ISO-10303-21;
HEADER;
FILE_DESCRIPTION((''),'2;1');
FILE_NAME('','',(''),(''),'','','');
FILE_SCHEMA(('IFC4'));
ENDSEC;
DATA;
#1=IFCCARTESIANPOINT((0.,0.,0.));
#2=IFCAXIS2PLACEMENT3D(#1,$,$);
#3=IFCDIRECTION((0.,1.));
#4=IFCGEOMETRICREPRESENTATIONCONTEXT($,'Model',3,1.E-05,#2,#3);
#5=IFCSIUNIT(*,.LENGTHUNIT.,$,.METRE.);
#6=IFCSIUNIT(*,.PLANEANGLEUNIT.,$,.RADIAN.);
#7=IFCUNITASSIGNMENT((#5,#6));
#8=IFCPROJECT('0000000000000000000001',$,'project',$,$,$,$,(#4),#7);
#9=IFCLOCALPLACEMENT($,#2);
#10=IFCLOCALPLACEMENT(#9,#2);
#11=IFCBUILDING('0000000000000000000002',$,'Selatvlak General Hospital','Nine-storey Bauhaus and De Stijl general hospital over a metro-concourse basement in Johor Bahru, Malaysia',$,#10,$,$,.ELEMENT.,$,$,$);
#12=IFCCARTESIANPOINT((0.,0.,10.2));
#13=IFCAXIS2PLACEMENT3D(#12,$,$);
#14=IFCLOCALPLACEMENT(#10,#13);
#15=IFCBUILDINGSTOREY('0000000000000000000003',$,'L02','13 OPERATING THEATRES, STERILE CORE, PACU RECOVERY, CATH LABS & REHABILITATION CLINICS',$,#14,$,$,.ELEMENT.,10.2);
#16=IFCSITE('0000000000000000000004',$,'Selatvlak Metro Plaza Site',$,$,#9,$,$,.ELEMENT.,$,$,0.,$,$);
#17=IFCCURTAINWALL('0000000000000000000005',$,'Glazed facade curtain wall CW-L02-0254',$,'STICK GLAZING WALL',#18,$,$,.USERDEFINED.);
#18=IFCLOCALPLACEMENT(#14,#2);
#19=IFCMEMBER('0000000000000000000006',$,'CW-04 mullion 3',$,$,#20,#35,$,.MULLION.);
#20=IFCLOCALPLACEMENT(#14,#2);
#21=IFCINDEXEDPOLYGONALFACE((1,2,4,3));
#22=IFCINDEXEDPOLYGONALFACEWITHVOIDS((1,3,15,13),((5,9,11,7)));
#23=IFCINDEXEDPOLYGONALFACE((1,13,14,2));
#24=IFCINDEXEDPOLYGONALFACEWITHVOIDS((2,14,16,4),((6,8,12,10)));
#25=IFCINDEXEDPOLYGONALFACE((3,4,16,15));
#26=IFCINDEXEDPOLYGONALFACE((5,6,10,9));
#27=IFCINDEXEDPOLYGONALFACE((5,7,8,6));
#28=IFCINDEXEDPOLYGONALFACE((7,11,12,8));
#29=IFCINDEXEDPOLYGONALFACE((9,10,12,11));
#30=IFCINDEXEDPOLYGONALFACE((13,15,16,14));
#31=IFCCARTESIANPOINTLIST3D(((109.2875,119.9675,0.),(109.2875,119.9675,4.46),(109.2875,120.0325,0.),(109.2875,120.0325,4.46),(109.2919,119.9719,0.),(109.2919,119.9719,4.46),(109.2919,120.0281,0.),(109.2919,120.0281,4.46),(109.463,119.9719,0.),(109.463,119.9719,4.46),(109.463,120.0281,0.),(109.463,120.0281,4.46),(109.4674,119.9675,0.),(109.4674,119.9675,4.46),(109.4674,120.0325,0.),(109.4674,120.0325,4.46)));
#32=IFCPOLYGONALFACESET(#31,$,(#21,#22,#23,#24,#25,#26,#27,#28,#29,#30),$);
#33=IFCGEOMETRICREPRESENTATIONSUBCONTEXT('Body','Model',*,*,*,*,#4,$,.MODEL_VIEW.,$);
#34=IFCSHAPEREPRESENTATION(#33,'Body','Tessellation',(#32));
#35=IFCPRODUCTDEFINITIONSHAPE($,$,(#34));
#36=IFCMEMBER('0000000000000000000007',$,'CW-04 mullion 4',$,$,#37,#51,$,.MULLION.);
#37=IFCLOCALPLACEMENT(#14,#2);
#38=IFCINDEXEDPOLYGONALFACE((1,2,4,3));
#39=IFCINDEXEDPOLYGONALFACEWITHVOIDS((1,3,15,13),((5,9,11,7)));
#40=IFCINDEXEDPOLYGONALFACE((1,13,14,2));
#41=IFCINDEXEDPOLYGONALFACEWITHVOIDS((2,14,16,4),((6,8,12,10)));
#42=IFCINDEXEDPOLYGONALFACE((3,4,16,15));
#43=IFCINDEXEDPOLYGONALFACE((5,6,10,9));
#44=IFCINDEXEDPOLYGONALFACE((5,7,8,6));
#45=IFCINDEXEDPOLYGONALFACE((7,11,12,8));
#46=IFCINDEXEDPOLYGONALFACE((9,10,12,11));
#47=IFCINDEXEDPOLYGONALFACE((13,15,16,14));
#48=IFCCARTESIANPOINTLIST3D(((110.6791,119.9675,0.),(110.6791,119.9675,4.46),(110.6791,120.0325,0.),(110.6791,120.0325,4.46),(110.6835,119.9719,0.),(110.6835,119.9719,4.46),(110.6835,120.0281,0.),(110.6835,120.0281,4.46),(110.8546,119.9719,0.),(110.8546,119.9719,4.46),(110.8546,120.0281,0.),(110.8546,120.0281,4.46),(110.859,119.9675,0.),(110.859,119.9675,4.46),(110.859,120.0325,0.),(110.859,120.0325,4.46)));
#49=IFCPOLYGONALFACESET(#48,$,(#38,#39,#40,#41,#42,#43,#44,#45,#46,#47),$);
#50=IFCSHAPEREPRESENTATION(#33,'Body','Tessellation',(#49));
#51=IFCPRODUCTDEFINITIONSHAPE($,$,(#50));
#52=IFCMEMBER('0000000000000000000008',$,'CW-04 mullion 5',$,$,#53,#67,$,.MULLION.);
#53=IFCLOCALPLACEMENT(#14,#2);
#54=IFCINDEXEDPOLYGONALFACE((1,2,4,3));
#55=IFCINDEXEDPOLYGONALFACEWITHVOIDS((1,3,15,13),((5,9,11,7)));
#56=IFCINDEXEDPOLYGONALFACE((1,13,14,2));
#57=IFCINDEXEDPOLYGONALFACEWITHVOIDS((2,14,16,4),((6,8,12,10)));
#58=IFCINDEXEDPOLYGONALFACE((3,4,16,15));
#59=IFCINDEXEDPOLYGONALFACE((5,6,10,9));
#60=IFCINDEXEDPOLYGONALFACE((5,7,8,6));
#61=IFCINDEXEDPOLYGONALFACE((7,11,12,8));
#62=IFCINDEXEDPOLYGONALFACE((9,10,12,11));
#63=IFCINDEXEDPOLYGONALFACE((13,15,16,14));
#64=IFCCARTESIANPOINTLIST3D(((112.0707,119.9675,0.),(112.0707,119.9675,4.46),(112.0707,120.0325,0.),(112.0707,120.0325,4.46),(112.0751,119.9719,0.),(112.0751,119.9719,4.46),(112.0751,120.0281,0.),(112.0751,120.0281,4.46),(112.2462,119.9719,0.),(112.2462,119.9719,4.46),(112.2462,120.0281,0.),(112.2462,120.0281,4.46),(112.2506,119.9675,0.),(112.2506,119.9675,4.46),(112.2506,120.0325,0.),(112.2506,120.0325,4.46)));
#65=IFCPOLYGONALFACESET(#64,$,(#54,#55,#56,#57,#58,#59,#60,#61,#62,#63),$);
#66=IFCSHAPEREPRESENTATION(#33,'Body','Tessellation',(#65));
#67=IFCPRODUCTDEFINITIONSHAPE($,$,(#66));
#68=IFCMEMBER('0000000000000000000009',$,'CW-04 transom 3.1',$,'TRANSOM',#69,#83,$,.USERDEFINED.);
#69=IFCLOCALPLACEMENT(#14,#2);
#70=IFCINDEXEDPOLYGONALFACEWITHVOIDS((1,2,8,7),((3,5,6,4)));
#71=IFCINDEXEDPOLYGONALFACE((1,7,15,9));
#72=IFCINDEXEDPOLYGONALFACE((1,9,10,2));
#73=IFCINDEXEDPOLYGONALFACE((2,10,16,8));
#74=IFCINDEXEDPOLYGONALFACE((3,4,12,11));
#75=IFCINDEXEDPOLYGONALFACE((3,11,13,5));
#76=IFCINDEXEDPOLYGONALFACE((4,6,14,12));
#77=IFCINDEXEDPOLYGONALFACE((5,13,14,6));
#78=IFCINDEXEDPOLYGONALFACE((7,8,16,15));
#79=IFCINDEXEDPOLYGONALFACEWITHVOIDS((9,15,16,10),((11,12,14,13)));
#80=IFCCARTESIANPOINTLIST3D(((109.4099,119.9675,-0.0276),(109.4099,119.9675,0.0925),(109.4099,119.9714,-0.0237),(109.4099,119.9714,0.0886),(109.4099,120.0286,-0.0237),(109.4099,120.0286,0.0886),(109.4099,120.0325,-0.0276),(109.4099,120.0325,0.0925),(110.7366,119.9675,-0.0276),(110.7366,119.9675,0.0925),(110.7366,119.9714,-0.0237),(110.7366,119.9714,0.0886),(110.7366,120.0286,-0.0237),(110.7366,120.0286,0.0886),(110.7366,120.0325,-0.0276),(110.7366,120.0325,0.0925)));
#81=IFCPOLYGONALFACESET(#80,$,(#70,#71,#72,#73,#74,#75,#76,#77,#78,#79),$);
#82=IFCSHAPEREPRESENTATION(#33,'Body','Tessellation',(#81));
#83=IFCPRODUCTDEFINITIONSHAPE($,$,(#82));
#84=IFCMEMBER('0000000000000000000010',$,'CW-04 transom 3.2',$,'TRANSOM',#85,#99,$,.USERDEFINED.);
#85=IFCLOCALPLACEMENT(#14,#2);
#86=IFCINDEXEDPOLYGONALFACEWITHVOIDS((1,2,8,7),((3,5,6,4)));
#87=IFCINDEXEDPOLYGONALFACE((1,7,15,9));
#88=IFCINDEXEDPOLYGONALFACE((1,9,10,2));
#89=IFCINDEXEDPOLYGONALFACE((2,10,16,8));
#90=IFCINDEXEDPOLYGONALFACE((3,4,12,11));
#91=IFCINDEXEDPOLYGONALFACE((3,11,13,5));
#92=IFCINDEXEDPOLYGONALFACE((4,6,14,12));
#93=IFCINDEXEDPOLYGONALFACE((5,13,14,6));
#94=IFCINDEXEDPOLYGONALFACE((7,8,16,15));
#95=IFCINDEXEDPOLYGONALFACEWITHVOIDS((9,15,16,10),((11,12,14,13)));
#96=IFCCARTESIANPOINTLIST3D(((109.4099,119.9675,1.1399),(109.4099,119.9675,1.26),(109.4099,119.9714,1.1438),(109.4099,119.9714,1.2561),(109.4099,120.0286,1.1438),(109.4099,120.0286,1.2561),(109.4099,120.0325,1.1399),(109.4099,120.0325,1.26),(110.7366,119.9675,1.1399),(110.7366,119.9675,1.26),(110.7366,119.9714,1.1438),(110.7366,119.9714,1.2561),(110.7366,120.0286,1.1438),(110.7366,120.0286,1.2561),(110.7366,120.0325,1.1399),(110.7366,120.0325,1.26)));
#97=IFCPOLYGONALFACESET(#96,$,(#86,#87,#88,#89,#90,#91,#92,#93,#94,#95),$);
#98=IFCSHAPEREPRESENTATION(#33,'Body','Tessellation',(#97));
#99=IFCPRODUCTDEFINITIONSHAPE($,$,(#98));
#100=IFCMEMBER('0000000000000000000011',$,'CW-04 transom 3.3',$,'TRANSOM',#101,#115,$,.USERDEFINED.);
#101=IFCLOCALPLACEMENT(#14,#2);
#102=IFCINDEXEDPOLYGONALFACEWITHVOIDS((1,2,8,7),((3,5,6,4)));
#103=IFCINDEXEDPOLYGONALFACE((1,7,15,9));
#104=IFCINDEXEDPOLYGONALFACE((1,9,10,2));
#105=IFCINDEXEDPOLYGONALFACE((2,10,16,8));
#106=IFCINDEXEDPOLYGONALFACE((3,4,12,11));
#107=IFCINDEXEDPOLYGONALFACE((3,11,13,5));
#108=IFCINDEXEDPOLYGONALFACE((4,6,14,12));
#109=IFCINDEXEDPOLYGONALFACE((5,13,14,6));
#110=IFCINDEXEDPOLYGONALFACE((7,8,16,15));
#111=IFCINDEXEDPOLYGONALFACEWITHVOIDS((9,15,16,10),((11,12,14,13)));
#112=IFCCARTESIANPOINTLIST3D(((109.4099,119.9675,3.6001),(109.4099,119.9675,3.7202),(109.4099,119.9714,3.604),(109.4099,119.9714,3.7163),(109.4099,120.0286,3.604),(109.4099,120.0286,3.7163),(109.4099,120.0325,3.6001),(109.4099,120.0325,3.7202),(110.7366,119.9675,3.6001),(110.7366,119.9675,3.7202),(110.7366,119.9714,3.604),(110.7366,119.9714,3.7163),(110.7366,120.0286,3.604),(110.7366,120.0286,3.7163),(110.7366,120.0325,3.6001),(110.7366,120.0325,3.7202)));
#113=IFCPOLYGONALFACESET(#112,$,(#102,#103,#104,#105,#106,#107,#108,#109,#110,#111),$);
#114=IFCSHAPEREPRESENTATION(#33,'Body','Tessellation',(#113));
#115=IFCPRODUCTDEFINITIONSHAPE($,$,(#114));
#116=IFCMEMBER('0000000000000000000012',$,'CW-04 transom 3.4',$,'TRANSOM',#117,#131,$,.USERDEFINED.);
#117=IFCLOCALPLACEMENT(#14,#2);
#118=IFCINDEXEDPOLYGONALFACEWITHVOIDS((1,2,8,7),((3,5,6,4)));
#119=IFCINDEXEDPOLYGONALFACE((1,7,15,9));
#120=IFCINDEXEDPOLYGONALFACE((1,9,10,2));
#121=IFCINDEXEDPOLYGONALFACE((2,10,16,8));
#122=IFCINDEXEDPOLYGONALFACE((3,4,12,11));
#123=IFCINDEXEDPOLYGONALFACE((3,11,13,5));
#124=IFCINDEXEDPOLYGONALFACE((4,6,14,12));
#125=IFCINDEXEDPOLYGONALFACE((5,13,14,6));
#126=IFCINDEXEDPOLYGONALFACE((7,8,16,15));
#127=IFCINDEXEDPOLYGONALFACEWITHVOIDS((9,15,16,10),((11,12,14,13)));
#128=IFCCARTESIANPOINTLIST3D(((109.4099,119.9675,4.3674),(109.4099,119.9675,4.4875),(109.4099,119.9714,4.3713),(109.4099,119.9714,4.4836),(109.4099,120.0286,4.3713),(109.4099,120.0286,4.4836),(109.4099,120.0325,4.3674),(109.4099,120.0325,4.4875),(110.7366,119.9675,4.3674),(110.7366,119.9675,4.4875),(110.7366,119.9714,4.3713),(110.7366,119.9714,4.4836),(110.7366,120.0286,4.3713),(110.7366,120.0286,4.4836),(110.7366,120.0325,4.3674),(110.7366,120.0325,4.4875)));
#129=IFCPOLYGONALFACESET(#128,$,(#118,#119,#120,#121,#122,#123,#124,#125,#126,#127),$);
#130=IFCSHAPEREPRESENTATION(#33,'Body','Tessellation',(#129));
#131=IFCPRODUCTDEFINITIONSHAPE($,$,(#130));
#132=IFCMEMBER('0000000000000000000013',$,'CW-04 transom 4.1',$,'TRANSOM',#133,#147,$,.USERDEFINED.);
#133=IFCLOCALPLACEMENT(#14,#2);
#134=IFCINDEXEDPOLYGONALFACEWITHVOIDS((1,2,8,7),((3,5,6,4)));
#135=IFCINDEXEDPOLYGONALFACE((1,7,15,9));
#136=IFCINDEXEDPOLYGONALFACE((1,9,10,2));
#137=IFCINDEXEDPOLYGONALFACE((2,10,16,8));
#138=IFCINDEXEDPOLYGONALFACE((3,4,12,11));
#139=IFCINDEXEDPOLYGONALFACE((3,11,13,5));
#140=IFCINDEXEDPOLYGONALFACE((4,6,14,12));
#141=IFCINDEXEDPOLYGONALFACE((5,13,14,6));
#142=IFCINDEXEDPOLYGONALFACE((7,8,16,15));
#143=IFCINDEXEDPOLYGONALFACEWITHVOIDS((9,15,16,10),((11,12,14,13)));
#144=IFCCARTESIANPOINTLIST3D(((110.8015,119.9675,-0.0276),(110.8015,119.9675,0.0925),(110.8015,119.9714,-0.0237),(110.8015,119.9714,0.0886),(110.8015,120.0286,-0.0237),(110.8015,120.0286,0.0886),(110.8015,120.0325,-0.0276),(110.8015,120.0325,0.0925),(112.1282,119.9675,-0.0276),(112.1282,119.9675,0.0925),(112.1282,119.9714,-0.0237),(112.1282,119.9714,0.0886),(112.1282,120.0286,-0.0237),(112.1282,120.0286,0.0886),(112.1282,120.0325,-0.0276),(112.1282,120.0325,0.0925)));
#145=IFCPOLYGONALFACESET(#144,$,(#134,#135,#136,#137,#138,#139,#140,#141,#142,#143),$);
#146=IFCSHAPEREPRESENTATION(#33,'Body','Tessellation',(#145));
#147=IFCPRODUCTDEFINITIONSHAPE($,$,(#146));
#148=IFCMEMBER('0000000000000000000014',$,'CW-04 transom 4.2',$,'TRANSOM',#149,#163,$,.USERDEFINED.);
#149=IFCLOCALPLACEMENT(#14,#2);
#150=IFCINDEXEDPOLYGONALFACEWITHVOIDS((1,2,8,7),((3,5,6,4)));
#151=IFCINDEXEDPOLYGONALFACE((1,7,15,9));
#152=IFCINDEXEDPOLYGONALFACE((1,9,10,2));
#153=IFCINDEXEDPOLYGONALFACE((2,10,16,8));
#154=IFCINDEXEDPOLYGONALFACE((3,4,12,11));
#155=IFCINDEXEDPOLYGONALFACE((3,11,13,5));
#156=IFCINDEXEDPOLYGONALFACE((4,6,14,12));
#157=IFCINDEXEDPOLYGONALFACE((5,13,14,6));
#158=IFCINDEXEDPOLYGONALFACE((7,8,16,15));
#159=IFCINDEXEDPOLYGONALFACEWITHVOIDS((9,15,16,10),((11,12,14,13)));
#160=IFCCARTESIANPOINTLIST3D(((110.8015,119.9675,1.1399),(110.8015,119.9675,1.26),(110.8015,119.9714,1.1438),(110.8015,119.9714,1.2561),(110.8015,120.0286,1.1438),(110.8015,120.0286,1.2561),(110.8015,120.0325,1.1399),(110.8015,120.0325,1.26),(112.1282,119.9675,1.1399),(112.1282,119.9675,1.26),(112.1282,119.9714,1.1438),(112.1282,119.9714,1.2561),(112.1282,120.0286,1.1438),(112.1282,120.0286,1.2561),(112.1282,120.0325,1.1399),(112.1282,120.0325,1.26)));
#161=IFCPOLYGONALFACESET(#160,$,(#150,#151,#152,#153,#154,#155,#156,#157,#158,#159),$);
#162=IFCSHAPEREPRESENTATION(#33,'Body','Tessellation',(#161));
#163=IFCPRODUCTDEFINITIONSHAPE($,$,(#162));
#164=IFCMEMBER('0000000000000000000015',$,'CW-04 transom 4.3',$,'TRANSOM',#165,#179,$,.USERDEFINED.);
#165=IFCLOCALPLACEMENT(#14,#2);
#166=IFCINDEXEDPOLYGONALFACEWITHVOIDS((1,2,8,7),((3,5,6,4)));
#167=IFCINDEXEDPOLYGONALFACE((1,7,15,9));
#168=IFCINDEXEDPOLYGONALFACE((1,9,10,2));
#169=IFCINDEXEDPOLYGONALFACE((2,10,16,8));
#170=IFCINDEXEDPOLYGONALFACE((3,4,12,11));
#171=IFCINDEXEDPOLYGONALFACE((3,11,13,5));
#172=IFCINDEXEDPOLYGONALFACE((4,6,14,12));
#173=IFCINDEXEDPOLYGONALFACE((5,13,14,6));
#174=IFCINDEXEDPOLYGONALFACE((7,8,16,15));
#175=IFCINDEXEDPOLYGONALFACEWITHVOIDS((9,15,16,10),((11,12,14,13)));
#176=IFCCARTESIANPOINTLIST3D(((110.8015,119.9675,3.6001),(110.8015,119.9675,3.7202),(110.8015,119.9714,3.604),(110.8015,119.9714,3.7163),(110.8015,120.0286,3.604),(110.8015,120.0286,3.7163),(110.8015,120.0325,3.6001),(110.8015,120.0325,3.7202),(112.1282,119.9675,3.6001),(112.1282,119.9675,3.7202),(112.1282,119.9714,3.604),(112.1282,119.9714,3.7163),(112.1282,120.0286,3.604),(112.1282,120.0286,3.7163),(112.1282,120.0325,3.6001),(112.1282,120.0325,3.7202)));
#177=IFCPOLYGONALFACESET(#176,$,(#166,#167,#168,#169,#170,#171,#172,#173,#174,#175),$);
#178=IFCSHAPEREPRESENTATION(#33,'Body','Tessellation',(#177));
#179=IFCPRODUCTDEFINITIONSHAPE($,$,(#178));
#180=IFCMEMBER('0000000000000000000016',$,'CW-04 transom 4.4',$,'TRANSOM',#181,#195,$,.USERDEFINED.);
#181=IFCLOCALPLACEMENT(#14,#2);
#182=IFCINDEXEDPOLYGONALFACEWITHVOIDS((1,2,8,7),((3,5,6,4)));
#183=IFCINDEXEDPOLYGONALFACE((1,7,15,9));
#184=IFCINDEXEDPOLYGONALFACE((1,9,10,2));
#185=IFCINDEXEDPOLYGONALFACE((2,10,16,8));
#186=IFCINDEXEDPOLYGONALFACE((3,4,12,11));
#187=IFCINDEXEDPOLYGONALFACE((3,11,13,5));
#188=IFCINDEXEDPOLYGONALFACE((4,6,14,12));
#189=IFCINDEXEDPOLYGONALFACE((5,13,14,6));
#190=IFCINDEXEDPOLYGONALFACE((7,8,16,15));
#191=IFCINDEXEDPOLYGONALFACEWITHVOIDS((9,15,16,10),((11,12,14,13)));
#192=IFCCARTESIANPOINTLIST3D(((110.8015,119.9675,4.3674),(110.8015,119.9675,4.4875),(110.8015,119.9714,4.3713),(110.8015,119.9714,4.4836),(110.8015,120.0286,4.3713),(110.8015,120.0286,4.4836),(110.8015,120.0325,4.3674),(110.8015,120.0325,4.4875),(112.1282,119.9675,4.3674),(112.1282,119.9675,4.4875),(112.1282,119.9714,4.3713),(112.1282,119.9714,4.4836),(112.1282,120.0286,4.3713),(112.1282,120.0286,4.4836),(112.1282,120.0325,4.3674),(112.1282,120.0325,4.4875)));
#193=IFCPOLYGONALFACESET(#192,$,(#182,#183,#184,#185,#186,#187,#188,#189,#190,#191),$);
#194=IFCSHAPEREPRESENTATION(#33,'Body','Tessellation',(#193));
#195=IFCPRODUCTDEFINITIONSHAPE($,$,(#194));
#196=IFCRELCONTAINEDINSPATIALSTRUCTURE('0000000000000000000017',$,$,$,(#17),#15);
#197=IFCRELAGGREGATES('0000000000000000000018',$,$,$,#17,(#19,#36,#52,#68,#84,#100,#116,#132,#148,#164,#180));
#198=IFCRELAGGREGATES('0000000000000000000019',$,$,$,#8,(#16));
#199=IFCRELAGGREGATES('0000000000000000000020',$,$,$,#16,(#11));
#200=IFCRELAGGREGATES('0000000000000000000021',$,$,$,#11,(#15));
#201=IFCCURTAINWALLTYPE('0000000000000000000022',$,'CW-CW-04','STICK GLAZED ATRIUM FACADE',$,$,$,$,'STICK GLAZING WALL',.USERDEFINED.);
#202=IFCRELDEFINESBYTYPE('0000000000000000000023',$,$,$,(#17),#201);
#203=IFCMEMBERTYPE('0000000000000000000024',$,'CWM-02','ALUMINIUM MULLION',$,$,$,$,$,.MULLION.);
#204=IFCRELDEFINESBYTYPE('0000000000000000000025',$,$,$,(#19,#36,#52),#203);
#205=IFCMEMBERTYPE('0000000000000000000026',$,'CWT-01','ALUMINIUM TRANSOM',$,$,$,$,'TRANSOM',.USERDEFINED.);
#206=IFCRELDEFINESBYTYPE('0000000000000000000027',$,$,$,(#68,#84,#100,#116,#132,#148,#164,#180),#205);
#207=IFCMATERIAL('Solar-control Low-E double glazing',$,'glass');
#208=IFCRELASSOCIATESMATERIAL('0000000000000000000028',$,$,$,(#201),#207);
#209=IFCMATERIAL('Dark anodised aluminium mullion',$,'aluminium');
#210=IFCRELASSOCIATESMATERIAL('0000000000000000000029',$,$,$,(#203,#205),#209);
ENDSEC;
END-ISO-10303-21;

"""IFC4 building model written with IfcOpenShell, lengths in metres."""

from ifc_helpers import new_model, si_unit, direction, frame, origin, origin_2d, place, context, subcontext, project, spatial, hollow_rectangle, extrude, material, material_profile, profile_set, type_object, element, aggregate, save


model = new_model("IFC4")

# Units and contexts
model_context = context("Model", 3, precision=1e-05, world=origin(), true_north=direction((0.0, 1.0)))
body_context = subcontext(model_context, "Body", "Model", "MODEL_VIEW")
ifc_project = project(units=[si_unit("LENGTHUNIT", "METRE"), si_unit("PLANEANGLEUNIT", "RADIAN")], contexts=[model_context])

# Site, building, storey
site_placement = place(None, origin())
site = spatial("IfcSite", under=ifc_project, at=site_placement, Name="Selatvlak Metro Plaza Site", CompositionType="ELEMENT", RefElevation=0.0)
building_placement = place(site_placement, origin())
building = spatial("IfcBuilding", under=site, at=building_placement, Name="Selatvlak General Hospital", Description="Nine-storey Bauhaus and De Stijl general hospital over a metro-concourse basement in Johor Bahru, Malaysia", CompositionType="ELEMENT")
storey_placement = place(building_placement, frame((0.0, 0.0, 10.2)))
storey = spatial("IfcBuildingStorey", under=building, at=storey_placement, Name="L02", Description="13 OPERATING THEATRES, STERILE CORE, PACU RECOVERY, CATH LABS & REHABILITATION CLINICS", CompositionType="ELEMENT", Elevation=10.2)

# Curtain wall, members
ifc_material_1 = material(Name="Solar-control Low-E double glazing", Category="glass")
curtain_wall_type = type_object("IfcCurtainWallType", Name="CW-CW-04", Description="STICK GLAZED ATRIUM FACADE", ElementType="STICK GLAZING WALL", PredefinedType="USERDEFINED", material=ifc_material_1)
curtain_wall_placement = place(storey_placement, origin())
curtain_wall = element("IfcCurtainWall", 1, at=curtain_wall_placement, inside=storey, type_object=curtain_wall_type, Name="Glazed facade curtain wall CW-L02-0254", ObjectType="STICK GLAZING WALL", PredefinedType="USERDEFINED")
ifc_material_2 = material(Name="Dark anodised aluminium mullion", Category="aluminium")
ifc_material_profile_1 = material_profile(ifc_material_2, hollow_rectangle(XDim=0.0649, YDim=0.1799, WallThickness=0.0044, at=origin_2d()), Name="AL-MUL 65x180x4.5")
ifc_profile_set_1 = profile_set([ifc_material_profile_1], Name="Dark anodised aluminium mullion")
member_type_1 = type_object("IfcMemberType", Name="CWM-02", Description="ALUMINIUM MULLION", PredefinedType="MULLION", material=ifc_profile_set_1)
member_1_placement = place(storey_placement, frame((109.3774, 120.0, 0.0), z_axis=(0.0, 0.0, 1.0), x_axis=(0.0, 1.0, 0.0)))
member_1 = element("IfcMember", 2, at=member_1_placement, type_object=member_type_1, Name="CW-04 mullion 3", PredefinedType="MULLION", context=body_context, shape_type="SweptSolid", body=[
    extrude(hollow_rectangle(XDim=0.0649, YDim=0.1799, WallThickness=0.0044, at=origin_2d()), origin(), (0.0, 0.0, 1.0), 4.46),
])
member_2_placement = place(storey_placement, frame((110.769, 120.0, 0.0), z_axis=(0.0, 0.0, 1.0), x_axis=(0.0, 1.0, 0.0)))
member_2 = element("IfcMember", 3, at=member_2_placement, type_object=member_type_1, Name="CW-04 mullion 4", PredefinedType="MULLION", context=body_context, shape_type="SweptSolid", body=[
    extrude(hollow_rectangle(XDim=0.0649, YDim=0.1799, WallThickness=0.0044, at=origin_2d()), origin(), (0.0, 0.0, 1.0), 4.46),
])
member_3_placement = place(storey_placement, frame((112.1606, 120.0, 0.0), z_axis=(0.0, 0.0, 1.0), x_axis=(0.0, 1.0, 0.0)))
member_3 = element("IfcMember", 4, at=member_3_placement, type_object=member_type_1, Name="CW-04 mullion 5", PredefinedType="MULLION", context=body_context, shape_type="SweptSolid", body=[
    extrude(hollow_rectangle(XDim=0.0649, YDim=0.1799, WallThickness=0.0044, at=origin_2d()), origin(), (0.0, 0.0, 1.0), 4.46),
])
ifc_material_profile_2 = material_profile(ifc_material_2, hollow_rectangle(XDim=0.0649, YDim=0.1201, WallThickness=0.0039, at=origin_2d()), Name="AL-TRN 65x120x4")
ifc_profile_set_2 = profile_set([ifc_material_profile_2], Name="Dark anodised aluminium mullion")
member_type_2 = type_object("IfcMemberType", Name="CWT-01", Description="ALUMINIUM TRANSOM", ElementType="TRANSOM", PredefinedType="USERDEFINED", material=ifc_profile_set_2)
member_4_placement = place(storey_placement, frame((109.4099, 120.0, 0.0325), z_axis=(1.0, 0.0, 0.0), x_axis=(0.0, 1.0, 0.0)))
member_4 = element("IfcMember", 5, at=member_4_placement, type_object=member_type_2, Name="CW-04 transom 3.1", ObjectType="TRANSOM", PredefinedType="USERDEFINED", context=body_context, shape_type="SweptSolid", body=[
    extrude(hollow_rectangle(XDim=0.0649, YDim=0.1201, WallThickness=0.0039, at=origin_2d()), origin(), (0.0, 0.0, 1.0), 1.3267),
])
member_5_placement = place(storey_placement, frame((109.4099, 120.0, 1.2), z_axis=(1.0, 0.0, 0.0), x_axis=(0.0, 1.0, 0.0)))
member_5 = element("IfcMember", 6, at=member_5_placement, type_object=member_type_2, Name="CW-04 transom 3.2", ObjectType="TRANSOM", PredefinedType="USERDEFINED", context=body_context, shape_type="SweptSolid", body=[
    extrude(hollow_rectangle(XDim=0.0649, YDim=0.1201, WallThickness=0.0039, at=origin_2d()), origin(), (0.0, 0.0, 1.0), 1.3267),
])
member_6_placement = place(storey_placement, frame((109.4099, 120.0, 3.6602), z_axis=(1.0, 0.0, 0.0), x_axis=(0.0, 1.0, 0.0)))
member_6 = element("IfcMember", 7, at=member_6_placement, type_object=member_type_2, Name="CW-04 transom 3.3", ObjectType="TRANSOM", PredefinedType="USERDEFINED", context=body_context, shape_type="SweptSolid", body=[
    extrude(hollow_rectangle(XDim=0.0649, YDim=0.1201, WallThickness=0.0039, at=origin_2d()), origin(), (0.0, 0.0, 1.0), 1.3267),
])
member_7_placement = place(storey_placement, frame((109.4099, 120.0, 4.4275), z_axis=(1.0, 0.0, 0.0), x_axis=(0.0, 1.0, 0.0)))
member_7 = element("IfcMember", 8, at=member_7_placement, type_object=member_type_2, Name="CW-04 transom 3.4", ObjectType="TRANSOM", PredefinedType="USERDEFINED", context=body_context, shape_type="SweptSolid", body=[
    extrude(hollow_rectangle(XDim=0.0649, YDim=0.1201, WallThickness=0.0039, at=origin_2d()), origin(), (0.0, 0.0, 1.0), 1.3267),
])
member_8_placement = place(storey_placement, frame((110.8015, 120.0, 0.0325), z_axis=(1.0, 0.0, 0.0), x_axis=(0.0, 1.0, 0.0)))
member_8 = element("IfcMember", 9, at=member_8_placement, type_object=member_type_2, Name="CW-04 transom 4.1", ObjectType="TRANSOM", PredefinedType="USERDEFINED", context=body_context, shape_type="SweptSolid", body=[
    extrude(hollow_rectangle(XDim=0.0649, YDim=0.1201, WallThickness=0.0039, at=origin_2d()), origin(), (0.0, 0.0, 1.0), 1.3267),
])
member_9_placement = place(storey_placement, frame((110.8015, 120.0, 1.2), z_axis=(1.0, 0.0, 0.0), x_axis=(0.0, 1.0, 0.0)))
member_9 = element("IfcMember", 10, at=member_9_placement, type_object=member_type_2, Name="CW-04 transom 4.2", ObjectType="TRANSOM", PredefinedType="USERDEFINED", context=body_context, shape_type="SweptSolid", body=[
    extrude(hollow_rectangle(XDim=0.0649, YDim=0.1201, WallThickness=0.0039, at=origin_2d()), origin(), (0.0, 0.0, 1.0), 1.3267),
])
member_10_placement = place(storey_placement, frame((110.8015, 120.0, 3.6602), z_axis=(1.0, 0.0, 0.0), x_axis=(0.0, 1.0, 0.0)))
member_10 = element("IfcMember", 11, at=member_10_placement, type_object=member_type_2, Name="CW-04 transom 4.3", ObjectType="TRANSOM", PredefinedType="USERDEFINED", context=body_context, shape_type="SweptSolid", body=[
    extrude(hollow_rectangle(XDim=0.0649, YDim=0.1201, WallThickness=0.0039, at=origin_2d()), origin(), (0.0, 0.0, 1.0), 1.3267),
])
member_11_placement = place(storey_placement, frame((110.8015, 120.0, 4.4275), z_axis=(1.0, 0.0, 0.0), x_axis=(0.0, 1.0, 0.0)))
member_11 = element("IfcMember", 12, at=member_11_placement, type_object=member_type_2, Name="CW-04 transom 4.4", ObjectType="TRANSOM", PredefinedType="USERDEFINED", context=body_context, shape_type="SweptSolid", body=[
    extrude(hollow_rectangle(XDim=0.0649, YDim=0.1201, WallThickness=0.0039, at=origin_2d()), origin(), (0.0, 0.0, 1.0), 1.3267),
])
aggregate(curtain_wall, [member_1, member_2, member_3, member_4, member_5, member_6, member_7, member_8, member_9, member_10, member_11])

save(model, "model.ifc")
